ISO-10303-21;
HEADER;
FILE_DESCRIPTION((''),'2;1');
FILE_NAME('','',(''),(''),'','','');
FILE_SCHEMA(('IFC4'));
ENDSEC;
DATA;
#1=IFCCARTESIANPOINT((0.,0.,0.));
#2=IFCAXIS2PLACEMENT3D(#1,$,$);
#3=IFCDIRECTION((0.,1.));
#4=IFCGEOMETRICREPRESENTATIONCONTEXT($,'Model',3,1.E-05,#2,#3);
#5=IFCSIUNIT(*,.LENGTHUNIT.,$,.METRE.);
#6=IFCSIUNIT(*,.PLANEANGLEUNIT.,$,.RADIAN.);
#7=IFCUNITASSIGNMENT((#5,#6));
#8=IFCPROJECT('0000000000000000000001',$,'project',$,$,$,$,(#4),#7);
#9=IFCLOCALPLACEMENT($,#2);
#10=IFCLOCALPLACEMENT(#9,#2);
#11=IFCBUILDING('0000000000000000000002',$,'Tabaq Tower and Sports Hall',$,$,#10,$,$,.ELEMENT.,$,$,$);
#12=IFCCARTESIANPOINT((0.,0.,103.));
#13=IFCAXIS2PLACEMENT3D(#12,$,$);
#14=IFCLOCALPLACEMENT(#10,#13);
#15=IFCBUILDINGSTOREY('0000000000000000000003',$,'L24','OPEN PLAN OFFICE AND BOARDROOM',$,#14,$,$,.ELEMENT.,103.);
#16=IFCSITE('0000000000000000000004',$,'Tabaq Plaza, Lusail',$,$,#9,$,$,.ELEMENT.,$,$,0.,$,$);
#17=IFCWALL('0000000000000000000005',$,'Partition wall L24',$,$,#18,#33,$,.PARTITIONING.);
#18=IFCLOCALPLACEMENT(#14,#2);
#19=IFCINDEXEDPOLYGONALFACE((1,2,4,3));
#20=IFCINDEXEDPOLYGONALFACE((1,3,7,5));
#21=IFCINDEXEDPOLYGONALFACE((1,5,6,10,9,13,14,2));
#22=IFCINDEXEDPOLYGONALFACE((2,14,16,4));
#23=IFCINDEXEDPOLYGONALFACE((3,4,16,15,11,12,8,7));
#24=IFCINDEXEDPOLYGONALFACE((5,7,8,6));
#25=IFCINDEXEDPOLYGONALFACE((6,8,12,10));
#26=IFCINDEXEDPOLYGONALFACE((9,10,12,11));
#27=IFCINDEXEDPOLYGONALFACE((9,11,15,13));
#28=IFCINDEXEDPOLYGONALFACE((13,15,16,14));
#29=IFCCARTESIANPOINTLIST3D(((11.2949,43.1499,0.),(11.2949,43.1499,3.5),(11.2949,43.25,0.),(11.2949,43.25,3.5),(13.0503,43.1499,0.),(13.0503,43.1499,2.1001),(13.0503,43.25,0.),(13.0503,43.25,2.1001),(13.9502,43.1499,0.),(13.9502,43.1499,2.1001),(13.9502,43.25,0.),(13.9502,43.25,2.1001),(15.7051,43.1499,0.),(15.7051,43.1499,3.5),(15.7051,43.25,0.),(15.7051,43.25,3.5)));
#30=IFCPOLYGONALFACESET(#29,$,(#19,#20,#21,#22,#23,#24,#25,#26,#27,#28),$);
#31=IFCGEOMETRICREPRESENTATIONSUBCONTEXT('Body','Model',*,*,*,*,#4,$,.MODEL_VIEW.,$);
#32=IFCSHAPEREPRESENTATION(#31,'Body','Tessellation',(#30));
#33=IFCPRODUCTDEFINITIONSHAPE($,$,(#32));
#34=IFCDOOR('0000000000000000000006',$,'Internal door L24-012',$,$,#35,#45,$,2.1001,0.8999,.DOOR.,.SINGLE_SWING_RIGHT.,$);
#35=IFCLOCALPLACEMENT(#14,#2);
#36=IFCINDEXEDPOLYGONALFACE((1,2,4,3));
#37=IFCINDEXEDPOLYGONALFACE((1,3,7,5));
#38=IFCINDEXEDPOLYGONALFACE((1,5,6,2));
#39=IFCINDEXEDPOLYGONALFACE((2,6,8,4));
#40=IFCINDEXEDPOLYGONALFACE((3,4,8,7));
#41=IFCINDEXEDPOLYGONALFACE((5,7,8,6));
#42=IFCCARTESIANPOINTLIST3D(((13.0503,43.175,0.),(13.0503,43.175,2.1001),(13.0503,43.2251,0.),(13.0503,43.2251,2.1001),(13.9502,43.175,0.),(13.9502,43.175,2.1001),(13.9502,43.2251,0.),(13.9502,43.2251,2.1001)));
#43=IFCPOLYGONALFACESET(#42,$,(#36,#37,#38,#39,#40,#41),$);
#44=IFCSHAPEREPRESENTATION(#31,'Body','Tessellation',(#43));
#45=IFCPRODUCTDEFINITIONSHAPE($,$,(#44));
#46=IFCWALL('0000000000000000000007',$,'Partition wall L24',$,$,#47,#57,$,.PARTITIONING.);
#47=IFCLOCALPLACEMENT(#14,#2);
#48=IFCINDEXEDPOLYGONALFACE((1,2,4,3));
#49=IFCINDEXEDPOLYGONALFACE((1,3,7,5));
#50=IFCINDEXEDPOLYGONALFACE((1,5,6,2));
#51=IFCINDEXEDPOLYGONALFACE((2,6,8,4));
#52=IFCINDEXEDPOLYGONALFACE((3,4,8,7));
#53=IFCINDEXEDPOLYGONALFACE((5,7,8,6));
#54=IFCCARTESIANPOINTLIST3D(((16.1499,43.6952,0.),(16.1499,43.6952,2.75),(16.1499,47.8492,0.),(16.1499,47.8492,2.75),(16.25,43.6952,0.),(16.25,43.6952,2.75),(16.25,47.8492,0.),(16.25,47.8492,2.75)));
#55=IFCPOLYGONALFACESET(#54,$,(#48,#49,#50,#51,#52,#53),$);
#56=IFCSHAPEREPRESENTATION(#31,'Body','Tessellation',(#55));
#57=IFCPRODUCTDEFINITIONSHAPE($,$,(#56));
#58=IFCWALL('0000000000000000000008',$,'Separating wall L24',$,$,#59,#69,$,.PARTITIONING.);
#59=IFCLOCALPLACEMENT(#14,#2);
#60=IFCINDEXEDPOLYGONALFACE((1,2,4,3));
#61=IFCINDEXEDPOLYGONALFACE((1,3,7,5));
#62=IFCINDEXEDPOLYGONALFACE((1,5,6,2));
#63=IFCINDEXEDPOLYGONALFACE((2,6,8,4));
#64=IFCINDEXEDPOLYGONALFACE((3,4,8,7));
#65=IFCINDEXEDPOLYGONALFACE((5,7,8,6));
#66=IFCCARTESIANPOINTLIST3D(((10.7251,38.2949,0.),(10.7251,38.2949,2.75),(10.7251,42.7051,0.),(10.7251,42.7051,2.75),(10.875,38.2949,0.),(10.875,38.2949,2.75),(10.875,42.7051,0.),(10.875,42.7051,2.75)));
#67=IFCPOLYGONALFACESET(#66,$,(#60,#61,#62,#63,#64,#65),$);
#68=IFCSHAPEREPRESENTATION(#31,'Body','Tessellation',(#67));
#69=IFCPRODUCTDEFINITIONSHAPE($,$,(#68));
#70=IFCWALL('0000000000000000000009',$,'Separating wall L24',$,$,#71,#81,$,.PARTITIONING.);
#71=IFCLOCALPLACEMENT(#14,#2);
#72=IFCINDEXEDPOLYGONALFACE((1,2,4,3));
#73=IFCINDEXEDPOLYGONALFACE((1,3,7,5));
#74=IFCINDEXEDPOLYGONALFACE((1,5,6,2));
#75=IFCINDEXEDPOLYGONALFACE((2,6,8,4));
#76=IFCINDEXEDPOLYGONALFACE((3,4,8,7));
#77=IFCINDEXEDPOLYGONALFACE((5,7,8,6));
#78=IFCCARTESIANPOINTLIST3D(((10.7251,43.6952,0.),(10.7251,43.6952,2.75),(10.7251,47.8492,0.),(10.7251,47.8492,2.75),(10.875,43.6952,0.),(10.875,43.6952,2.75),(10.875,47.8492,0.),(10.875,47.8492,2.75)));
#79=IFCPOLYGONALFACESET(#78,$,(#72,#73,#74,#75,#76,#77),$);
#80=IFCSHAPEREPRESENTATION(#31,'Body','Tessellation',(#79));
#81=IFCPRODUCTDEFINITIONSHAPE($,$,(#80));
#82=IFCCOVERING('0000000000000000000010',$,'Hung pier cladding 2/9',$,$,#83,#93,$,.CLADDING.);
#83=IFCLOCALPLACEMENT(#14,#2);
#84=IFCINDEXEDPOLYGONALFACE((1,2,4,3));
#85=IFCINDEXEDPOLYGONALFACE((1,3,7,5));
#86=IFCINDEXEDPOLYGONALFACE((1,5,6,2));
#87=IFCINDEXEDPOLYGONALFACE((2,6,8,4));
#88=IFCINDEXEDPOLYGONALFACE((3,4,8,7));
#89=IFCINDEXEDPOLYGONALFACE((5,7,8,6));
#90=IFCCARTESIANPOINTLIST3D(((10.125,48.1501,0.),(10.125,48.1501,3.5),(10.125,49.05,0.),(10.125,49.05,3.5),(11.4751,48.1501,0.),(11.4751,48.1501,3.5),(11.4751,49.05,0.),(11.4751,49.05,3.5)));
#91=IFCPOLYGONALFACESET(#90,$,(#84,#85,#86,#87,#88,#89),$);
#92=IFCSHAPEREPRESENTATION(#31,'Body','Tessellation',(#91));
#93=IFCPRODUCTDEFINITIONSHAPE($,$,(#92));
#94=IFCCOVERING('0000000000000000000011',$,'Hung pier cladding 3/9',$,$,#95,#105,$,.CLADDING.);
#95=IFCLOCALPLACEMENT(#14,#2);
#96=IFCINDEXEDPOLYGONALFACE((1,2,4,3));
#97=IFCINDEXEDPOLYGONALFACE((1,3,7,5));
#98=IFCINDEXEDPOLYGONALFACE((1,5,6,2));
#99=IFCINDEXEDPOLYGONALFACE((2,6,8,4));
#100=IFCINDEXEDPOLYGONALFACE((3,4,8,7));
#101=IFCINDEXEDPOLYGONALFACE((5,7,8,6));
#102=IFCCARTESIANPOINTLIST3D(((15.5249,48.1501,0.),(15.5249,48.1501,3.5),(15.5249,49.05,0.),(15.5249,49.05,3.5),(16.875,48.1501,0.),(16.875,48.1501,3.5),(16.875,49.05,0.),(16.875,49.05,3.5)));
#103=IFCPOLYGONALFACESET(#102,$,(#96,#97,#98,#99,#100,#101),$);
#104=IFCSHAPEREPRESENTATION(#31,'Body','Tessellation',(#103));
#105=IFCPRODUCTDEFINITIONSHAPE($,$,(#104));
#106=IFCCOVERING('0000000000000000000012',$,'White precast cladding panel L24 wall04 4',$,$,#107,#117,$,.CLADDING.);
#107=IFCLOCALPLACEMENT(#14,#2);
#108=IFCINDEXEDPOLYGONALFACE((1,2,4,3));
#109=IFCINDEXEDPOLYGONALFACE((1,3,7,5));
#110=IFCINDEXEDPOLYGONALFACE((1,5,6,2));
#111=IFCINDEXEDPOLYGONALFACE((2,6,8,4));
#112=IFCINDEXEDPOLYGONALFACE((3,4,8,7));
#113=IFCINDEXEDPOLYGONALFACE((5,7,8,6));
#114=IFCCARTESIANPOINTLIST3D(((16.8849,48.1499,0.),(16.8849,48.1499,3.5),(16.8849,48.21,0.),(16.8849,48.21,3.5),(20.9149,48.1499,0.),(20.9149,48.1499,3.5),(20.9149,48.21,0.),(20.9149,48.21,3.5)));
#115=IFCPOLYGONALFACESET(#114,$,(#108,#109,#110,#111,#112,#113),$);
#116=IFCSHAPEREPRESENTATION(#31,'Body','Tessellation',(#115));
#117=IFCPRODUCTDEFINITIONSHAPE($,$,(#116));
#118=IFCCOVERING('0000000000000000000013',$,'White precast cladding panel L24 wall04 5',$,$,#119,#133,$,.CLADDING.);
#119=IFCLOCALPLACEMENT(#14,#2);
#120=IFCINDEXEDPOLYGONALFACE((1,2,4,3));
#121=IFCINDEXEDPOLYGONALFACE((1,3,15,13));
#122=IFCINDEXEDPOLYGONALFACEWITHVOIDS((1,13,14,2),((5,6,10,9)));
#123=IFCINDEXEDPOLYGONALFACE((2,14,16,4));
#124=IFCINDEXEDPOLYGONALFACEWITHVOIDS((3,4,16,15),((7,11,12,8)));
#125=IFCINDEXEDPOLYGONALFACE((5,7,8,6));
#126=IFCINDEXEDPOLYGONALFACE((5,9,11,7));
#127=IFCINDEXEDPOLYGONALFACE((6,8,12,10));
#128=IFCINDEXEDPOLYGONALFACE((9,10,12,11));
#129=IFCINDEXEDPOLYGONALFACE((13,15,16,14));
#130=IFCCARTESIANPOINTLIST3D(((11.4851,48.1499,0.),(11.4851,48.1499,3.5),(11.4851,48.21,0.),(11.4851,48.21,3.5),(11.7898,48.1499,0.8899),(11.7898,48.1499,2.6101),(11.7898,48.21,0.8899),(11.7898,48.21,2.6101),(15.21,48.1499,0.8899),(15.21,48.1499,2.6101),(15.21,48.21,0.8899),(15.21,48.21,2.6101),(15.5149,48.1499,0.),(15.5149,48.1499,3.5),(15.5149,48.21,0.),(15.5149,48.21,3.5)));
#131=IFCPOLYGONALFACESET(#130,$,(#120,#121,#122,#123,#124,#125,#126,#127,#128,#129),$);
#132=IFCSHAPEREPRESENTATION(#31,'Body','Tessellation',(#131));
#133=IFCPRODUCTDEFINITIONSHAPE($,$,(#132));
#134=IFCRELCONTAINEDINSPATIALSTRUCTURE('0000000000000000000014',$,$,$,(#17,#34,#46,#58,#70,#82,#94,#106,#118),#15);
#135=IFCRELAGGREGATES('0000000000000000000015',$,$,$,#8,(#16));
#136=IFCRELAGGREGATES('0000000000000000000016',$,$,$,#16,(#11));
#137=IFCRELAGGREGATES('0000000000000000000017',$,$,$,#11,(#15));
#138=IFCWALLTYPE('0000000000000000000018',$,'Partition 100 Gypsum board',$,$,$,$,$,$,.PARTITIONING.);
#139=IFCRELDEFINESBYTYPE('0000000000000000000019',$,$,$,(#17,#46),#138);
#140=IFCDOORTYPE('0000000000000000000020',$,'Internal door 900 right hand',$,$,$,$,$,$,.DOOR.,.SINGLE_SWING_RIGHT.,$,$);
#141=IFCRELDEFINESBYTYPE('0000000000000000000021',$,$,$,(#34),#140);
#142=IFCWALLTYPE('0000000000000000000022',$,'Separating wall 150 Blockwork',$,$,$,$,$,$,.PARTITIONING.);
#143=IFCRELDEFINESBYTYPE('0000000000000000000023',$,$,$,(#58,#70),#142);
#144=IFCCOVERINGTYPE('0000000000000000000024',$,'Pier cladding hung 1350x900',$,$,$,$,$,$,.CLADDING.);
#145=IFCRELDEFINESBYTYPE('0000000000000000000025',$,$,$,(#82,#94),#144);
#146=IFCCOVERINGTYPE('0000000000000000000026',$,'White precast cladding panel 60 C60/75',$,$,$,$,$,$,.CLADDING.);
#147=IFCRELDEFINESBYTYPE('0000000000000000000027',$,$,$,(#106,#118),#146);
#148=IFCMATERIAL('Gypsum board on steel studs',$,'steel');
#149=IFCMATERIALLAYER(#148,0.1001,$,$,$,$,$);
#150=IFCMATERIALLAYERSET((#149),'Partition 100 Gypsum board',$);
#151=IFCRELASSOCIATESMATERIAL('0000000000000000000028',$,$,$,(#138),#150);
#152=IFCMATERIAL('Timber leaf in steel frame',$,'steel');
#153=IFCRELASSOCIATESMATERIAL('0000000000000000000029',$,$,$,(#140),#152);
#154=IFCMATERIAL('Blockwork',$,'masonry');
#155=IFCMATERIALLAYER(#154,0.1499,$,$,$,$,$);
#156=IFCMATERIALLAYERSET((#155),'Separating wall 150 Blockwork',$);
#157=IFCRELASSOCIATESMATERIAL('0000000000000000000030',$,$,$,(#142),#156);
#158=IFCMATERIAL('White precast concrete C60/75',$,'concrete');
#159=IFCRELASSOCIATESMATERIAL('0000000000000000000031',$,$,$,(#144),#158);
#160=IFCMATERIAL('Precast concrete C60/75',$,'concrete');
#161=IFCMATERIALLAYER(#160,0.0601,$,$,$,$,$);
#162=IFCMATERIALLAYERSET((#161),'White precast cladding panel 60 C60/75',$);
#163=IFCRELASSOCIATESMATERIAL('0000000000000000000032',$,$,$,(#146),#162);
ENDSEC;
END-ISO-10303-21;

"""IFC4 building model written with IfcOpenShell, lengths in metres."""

from ifc_helpers import new_model, si_unit, direction, frame, frame_2d, origin, place, context, subcontext, project, spatial, polyline, rectangle, outline, extrude, material, layer, layer_set, type_object, element, fill, save


model = new_model("IFC4")

# Units and contexts
model_context = context("Model", 3, precision=1e-05, world=origin(), true_north=direction((0.0, 1.0)))
body_context = subcontext(model_context, "Body", "Model", "MODEL_VIEW")
ifc_project = project(units=[si_unit("LENGTHUNIT", "METRE"), si_unit("PLANEANGLEUNIT", "RADIAN")], contexts=[model_context])

# Site, building, storey
site_placement = place(None, origin())
site = spatial("IfcSite", under=ifc_project, at=site_placement, Name="Tabaq Plaza, Lusail", CompositionType="ELEMENT", RefElevation=0.0)
building_placement = place(site_placement, origin())
building = spatial("IfcBuilding", under=site, at=building_placement, Name="Tabaq Tower and Sports Hall", CompositionType="ELEMENT")
storey_placement = place(building_placement, frame((0.0, 0.0, 103.0)))
storey = spatial("IfcBuildingStorey", under=building, at=storey_placement, Name="L24", Description="OPEN PLAN OFFICE AND BOARDROOM", CompositionType="ELEMENT", Elevation=103.0)

# Shared definitions
ifc_material_1 = material(Name="Gypsum board on steel studs", Category="steel")
ifc_layer_1 = layer(ifc_material_1, 0.1001)
ifc_layer_set_1 = layer_set([ifc_layer_1], Name="Partition 100 Gypsum board")
wall_type_1 = type_object("IfcWallType", Name="Partition 100 Gypsum board", PredefinedType="PARTITIONING", material=ifc_layer_set_1)

# Wall, opening, door
ifc_material_2 = material(Name="Timber leaf in steel frame", Category="steel")
door_type_1 = type_object("IfcDoorType", Name="Internal door 900 right hand", OperationType="SINGLE_SWING_RIGHT", PredefinedType="DOOR", material=ifc_material_2)
wall_1_placement = place(storey_placement, frame((15.7051, 43.2, 0.0), z_axis=(0.0, 0.0, 1.0), x_axis=(-1.0, 0.0, 0.0)))
wall_1 = element("IfcWall", 1, at=wall_1_placement, inside=storey, type_object=wall_type_1, Name="Partition wall L24", PredefinedType="PARTITIONING", context=body_context, shape_type="SweptSolid", body=[
    extrude(rectangle(XDim=4.4102, YDim=0.1001, at=frame_2d((2.2051, 0.0))), origin(), (0.0, 0.0, 1.0), 3.5),
])
opening_1_placement = place(wall_1_placement, frame((1.7549, 0.0, 0.0)))
opening_1 = element("IfcOpeningElement", 2, at=opening_1_placement, cuts=wall_1, PredefinedType="OPENING", context=body_context, shape_type="SweptSolid", body=[
    extrude(rectangle(XDim=0.8999, YDim=2.1001, at=frame_2d((0.45, 1.05))), frame((0.0, 0.05, 0.0), z_axis=(0.0, -1.0, 0.0), x_axis=(1.0, 0.0, 0.0)), (0.0, 0.0, 1.0), 0.1001),
])
door_1_placement = place(opening_1_placement, origin())
door_1 = element("IfcDoor", 3, at=door_1_placement, inside=storey, type_object=door_type_1, Name="Internal door L24-012", OperationType="SINGLE_SWING_RIGHT", OverallHeight=2.1001, OverallWidth=0.8999, PredefinedType="DOOR", context=body_context, shape_type="SweptSolid", body=[
    extrude(rectangle(XDim=0.8999, YDim=2.1001, at=frame_2d((0.45, 1.05))), frame((0.0, 0.0249, 0.0), z_axis=(0.0, -1.0, 0.0), x_axis=(1.0, 0.0, 0.0)), (0.0, 0.0, 1.0), 0.05),
])
fill(opening_1, door_1)

# Walls
wall_2_placement = place(storey_placement, frame((16.2, 43.6951, 0.0), z_axis=(0.0, 0.0, 1.0), x_axis=(0.0, 1.0, 0.0)))
element("IfcWall", 4, at=wall_2_placement, inside=storey, type_object=wall_type_1, Name="Partition wall L24", PredefinedType="PARTITIONING", context=body_context, shape_type="SweptSolid", body=[
    extrude(rectangle(XDim=4.1541, YDim=0.1001, at=frame_2d((2.0771, 0.0))), origin(), (0.0, 0.0, 1.0), 2.75),
])
ifc_material_3 = material(Name="Blockwork", Category="masonry")
ifc_layer_2 = layer(ifc_material_3, 0.1499)
ifc_layer_set_2 = layer_set([ifc_layer_2], Name="Separating wall 150 Blockwork")
wall_type_2 = type_object("IfcWallType", Name="Separating wall 150 Blockwork", PredefinedType="PARTITIONING", material=ifc_layer_set_2)
wall_3_placement = place(storey_placement, frame((10.8, 38.2949, 0.0), z_axis=(0.0, 0.0, 1.0), x_axis=(0.0, 1.0, 0.0)))
element("IfcWall", 5, at=wall_3_placement, inside=storey, type_object=wall_type_2, Name="Separating wall L24", PredefinedType="PARTITIONING", context=body_context, shape_type="SweptSolid", body=[
    extrude(rectangle(XDim=4.4102, YDim=0.1499, at=frame_2d((2.2051, 0.0))), origin(), (0.0, 0.0, 1.0), 2.75),
])
wall_4_placement = place(storey_placement, frame((10.8, 43.6951, 0.0), z_axis=(0.0, 0.0, 1.0), x_axis=(0.0, 1.0, 0.0)))
element("IfcWall", 6, at=wall_4_placement, inside=storey, type_object=wall_type_2, Name="Separating wall L24", PredefinedType="PARTITIONING", context=body_context, shape_type="SweptSolid", body=[
    extrude(rectangle(XDim=4.1541, YDim=0.1499, at=frame_2d((2.0771, 0.0))), origin(), (0.0, 0.0, 1.0), 2.75),
])

# Coverings
ifc_material_4 = material(Name="White precast concrete C60/75", Category="concrete")
covering_type_1 = type_object("IfcCoveringType", Name="Pier cladding hung 1350x900", PredefinedType="CLADDING", material=ifc_material_4)
for number, where, z_axis, x_axis, name in (
    (7, (11.4751, 48.6001, 0.0), (0.0, 0.0, 1.0), (-1.0, 0.0, 0.0), "Hung pier cladding 2/9"),
    (8, (16.875, 48.6001, 0.0), (0.0, 0.0, 1.0), (-1.0, 0.0, 0.0), "Hung pier cladding 3/9"),
):
    element("IfcCovering", number, at=place(storey_placement, frame(where, z_axis=z_axis, x_axis=x_axis)), inside=storey, type_object=covering_type_1, Name=name, PredefinedType="CLADDING", context=body_context, shape_type="SweptSolid", body=[
        extrude(rectangle(XDim=1.3501, YDim=0.8999, at=frame_2d((0.675, 0.0))), origin(), (0.0, 0.0, 1.0), 3.5),
    ])
ifc_material_5 = material(Name="Precast concrete C60/75", Category="concrete")
ifc_layer_3 = layer(ifc_material_5, 0.0601)
ifc_layer_set_3 = layer_set([ifc_layer_3], Name="White precast cladding panel 60 C60/75")
covering_type_2 = type_object("IfcCoveringType", Name="White precast cladding panel 60 C60/75", PredefinedType="CLADDING", material=ifc_layer_set_3)
covering_1_placement = place(storey_placement, frame((20.915, 48.1799, 0.0), z_axis=(0.0, 0.0, 1.0), x_axis=(-1.0, 0.0, 0.0)))
element("IfcCovering", 9, at=covering_1_placement, inside=storey, type_object=covering_type_2, Name="White precast cladding panel L24 wall04 4", PredefinedType="CLADDING", context=body_context, shape_type="SweptSolid", body=[
    extrude(rectangle(XDim=4.03, YDim=0.0601, at=frame_2d((2.0151, 0.0))), origin(), (0.0, 0.0, 1.0), 3.5),
])
covering_2_placement = place(storey_placement, frame((15.5149, 48.1799, 0.0), z_axis=(0.0, 0.0, 1.0), x_axis=(-1.0, 0.0, 0.0)))
element("IfcCovering", 10, at=covering_2_placement, inside=storey, type_object=covering_type_2, Name="White precast cladding panel L24 wall04 5", PredefinedType="CLADDING", context=body_context, shape_type="SweptSolid", body=[
    extrude(outline(polyline([(0.0, 0.0), (4.0298, 0.0), (4.0298, 3.5), (0.0, 3.5), (0.0, 0.0)]), holes=[polyline([(0.3049, 0.8899), (0.3049, 2.6101), (3.7251, 2.6101), (3.7251, 0.8899), (0.3049, 0.8899)])]), frame((0.0, 0.03, 0.0), z_axis=(0.0, -1.0, 0.0), x_axis=(1.0, 0.0, 0.0)), (0.0, 0.0, 1.0), 0.0601),
])

save(model, "model.ifc")
